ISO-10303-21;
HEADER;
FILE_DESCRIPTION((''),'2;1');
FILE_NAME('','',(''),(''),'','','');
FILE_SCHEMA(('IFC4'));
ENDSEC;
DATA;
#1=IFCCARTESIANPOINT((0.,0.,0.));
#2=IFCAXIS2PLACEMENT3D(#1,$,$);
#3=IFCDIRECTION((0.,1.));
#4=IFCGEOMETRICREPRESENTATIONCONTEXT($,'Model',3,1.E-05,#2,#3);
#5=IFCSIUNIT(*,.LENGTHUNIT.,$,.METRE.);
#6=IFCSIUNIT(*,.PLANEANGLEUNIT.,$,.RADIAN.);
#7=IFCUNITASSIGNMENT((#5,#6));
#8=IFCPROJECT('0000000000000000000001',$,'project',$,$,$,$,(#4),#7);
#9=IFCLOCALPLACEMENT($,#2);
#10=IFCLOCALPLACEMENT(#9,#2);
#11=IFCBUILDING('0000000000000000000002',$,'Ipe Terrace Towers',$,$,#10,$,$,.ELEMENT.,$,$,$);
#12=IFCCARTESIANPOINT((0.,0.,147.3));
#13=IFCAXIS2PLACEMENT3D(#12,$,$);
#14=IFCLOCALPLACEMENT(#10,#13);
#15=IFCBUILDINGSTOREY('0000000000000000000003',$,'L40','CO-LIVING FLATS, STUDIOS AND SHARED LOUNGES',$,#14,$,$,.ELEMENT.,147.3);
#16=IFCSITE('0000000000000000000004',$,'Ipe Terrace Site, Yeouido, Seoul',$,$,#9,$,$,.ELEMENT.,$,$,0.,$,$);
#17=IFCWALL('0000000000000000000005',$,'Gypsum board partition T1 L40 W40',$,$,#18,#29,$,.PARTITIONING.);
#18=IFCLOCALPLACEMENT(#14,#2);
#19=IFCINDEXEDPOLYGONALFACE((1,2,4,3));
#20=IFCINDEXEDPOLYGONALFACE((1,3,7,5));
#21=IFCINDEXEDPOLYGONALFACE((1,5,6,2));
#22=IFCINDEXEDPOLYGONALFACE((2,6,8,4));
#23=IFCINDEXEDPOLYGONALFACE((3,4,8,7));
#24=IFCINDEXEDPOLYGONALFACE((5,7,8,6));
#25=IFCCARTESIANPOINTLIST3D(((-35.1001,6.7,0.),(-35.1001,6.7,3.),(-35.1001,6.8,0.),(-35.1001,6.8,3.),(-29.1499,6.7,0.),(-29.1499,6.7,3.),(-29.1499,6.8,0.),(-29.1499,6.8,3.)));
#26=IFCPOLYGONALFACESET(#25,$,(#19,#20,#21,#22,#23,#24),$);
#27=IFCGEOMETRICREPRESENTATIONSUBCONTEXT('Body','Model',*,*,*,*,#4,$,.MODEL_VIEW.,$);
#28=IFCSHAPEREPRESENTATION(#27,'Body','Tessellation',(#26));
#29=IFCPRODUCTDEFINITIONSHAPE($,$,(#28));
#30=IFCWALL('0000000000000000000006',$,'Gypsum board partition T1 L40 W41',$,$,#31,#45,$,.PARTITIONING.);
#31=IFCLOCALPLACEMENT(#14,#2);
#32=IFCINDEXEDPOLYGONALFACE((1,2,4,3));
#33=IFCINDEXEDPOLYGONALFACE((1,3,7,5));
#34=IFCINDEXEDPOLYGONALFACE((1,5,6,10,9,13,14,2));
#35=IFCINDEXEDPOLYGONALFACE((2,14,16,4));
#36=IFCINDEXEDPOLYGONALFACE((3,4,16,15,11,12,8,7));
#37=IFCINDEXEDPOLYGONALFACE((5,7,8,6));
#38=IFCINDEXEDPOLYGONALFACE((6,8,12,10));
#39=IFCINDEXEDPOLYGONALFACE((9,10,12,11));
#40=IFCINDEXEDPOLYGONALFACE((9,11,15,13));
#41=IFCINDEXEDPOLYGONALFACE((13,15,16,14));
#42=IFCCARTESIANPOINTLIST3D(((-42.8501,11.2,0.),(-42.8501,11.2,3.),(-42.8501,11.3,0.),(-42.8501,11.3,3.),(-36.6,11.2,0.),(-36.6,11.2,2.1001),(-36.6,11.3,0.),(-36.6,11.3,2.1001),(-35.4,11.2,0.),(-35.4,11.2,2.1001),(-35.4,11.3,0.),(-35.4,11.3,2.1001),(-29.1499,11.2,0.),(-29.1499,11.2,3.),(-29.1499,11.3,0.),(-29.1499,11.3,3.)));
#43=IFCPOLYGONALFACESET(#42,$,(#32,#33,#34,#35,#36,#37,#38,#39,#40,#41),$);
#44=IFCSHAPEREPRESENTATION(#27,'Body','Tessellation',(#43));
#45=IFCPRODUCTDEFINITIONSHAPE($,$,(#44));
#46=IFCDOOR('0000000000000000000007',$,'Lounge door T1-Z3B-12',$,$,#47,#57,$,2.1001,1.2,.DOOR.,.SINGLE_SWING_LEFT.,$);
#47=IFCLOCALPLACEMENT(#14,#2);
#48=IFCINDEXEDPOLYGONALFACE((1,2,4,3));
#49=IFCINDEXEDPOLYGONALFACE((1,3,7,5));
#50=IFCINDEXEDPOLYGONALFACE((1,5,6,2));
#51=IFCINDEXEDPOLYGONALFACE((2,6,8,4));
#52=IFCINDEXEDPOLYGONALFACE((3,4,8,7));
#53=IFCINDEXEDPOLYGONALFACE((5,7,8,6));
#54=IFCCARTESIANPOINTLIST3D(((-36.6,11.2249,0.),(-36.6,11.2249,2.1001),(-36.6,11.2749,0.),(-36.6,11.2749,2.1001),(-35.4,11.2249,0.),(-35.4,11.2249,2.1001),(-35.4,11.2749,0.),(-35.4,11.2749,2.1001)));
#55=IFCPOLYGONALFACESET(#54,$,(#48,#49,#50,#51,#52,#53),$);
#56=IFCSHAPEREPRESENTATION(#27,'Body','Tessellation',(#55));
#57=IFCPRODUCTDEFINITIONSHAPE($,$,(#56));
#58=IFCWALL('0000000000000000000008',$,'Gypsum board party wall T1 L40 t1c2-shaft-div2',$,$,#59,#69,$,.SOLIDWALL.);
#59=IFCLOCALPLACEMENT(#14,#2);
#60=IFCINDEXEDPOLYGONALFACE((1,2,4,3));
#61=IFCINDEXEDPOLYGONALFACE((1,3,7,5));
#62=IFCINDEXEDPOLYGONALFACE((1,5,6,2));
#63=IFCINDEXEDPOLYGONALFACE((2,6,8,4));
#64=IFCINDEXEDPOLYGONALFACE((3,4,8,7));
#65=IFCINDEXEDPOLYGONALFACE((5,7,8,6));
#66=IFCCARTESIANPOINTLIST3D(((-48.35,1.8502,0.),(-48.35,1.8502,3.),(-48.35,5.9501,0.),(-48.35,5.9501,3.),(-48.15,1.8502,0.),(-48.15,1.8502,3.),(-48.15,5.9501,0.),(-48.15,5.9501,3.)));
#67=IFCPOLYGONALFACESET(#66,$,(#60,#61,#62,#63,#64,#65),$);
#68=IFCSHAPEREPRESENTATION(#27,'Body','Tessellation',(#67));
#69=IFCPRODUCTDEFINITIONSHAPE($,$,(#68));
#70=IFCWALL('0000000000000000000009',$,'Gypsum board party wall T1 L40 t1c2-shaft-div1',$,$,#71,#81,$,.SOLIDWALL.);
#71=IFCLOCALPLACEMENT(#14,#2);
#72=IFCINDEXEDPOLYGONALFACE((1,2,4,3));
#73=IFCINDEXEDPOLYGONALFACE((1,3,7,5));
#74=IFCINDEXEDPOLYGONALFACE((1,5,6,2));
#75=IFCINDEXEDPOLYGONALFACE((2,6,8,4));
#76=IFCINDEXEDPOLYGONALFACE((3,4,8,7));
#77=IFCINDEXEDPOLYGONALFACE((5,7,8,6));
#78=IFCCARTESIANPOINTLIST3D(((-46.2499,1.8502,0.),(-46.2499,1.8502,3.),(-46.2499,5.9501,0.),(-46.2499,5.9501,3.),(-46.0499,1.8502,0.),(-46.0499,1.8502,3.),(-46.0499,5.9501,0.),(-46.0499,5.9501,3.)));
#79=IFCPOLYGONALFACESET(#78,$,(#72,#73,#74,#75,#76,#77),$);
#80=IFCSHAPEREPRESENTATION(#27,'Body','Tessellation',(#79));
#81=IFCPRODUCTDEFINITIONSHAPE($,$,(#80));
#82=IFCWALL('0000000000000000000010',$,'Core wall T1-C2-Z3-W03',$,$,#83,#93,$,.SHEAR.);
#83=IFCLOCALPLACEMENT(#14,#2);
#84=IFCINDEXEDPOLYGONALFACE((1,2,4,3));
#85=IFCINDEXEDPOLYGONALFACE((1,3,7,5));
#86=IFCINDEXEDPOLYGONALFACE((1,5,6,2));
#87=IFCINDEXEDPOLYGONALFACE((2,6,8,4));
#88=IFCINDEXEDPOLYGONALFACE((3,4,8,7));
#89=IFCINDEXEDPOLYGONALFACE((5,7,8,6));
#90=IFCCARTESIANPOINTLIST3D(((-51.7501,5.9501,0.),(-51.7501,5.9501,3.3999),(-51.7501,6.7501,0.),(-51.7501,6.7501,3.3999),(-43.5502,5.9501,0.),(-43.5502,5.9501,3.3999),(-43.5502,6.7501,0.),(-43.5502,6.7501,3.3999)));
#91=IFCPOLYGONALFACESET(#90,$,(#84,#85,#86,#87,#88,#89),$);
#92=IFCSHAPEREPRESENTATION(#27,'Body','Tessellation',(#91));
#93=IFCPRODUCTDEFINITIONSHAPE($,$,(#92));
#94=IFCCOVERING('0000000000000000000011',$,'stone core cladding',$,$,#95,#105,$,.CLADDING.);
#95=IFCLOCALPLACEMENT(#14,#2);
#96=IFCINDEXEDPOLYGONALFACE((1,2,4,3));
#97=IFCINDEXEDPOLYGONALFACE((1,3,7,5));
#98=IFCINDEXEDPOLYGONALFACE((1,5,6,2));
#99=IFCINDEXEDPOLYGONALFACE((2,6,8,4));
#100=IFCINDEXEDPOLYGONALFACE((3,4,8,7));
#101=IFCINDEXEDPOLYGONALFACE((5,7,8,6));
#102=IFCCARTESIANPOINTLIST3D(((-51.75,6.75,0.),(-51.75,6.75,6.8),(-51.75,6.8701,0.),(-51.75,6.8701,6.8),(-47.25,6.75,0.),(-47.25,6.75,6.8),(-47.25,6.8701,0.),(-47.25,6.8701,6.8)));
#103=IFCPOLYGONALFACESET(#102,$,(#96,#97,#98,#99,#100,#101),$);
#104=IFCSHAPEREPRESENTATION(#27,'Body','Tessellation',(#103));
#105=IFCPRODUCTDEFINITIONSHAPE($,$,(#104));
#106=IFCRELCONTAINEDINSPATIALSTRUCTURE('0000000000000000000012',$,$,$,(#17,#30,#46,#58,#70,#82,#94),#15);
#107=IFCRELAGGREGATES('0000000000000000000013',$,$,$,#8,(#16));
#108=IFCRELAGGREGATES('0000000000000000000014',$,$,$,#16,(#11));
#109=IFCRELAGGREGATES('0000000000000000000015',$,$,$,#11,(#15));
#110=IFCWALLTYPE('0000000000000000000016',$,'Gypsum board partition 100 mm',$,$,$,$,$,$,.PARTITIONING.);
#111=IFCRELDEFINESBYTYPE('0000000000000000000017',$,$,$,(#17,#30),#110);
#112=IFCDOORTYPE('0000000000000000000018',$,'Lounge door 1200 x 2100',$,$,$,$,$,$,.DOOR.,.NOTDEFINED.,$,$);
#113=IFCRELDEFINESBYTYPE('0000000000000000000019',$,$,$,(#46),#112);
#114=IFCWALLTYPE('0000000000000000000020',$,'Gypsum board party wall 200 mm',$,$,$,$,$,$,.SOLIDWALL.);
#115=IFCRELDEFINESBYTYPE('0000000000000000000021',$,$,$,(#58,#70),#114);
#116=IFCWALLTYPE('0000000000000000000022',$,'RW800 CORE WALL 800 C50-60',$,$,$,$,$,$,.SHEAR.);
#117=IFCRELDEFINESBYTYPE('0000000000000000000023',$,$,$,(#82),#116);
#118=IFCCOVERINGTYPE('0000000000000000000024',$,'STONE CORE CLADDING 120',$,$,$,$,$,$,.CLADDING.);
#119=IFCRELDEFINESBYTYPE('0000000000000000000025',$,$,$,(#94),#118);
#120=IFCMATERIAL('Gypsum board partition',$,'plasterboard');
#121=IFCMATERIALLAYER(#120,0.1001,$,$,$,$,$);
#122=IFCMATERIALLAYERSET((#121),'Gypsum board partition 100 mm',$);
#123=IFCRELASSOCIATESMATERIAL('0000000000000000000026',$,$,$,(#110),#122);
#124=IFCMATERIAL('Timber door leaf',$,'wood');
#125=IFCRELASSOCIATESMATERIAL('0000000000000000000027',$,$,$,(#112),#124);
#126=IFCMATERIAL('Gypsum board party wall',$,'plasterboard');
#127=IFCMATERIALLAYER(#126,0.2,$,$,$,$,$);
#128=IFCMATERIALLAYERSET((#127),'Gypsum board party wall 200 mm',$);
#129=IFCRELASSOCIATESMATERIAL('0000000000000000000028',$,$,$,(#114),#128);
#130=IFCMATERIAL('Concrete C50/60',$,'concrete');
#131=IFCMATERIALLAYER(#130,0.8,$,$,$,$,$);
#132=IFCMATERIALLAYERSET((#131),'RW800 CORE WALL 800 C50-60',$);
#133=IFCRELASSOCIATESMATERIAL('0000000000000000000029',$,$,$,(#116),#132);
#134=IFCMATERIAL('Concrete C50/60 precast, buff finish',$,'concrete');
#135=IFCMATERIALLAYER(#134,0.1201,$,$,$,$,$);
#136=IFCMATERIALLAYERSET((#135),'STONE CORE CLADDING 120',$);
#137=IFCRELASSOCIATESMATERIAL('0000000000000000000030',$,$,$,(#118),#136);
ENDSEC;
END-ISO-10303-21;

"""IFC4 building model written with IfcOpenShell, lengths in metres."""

from ifc_helpers import new_model, si_unit, direction, frame, frame_2d, origin, origin_2d, place, context, subcontext, project, spatial, rectangle, extrude, material, layer, layer_set, type_object, element, fill, save


model = new_model("IFC4")

# Units and contexts
model_context = context("Model", 3, precision=1e-05, world=origin(), true_north=direction((0.0, 1.0)))
body_context = subcontext(model_context, "Body", "Model", "MODEL_VIEW")
ifc_project = project(units=[si_unit("LENGTHUNIT", "METRE"), si_unit("PLANEANGLEUNIT", "RADIAN")], contexts=[model_context])

# Site, building, storey
site_placement = place(None, origin())
site = spatial("IfcSite", under=ifc_project, at=site_placement, Name="Ipe Terrace Site, Yeouido, Seoul", CompositionType="ELEMENT", RefElevation=0.0)
building_placement = place(site_placement, origin())
building = spatial("IfcBuilding", under=site, at=building_placement, Name="Ipe Terrace Towers", CompositionType="ELEMENT")
storey_placement = place(building_placement, frame((0.0, 0.0, 147.3)))
storey = spatial("IfcBuildingStorey", under=building, at=storey_placement, Name="L40", Description="CO-LIVING FLATS, STUDIOS AND SHARED LOUNGES", CompositionType="ELEMENT", Elevation=147.3)

# Wall
ifc_material_1 = material(Name="Gypsum board partition", Category="plasterboard")
ifc_layer_1 = layer(ifc_material_1, 0.1001)
ifc_layer_set_1 = layer_set([ifc_layer_1], Name="Gypsum board partition 100 mm")
wall_type_1 = type_object("IfcWallType", Name="Gypsum board partition 100 mm", PredefinedType="PARTITIONING", material=ifc_layer_set_1)
for number, where, z_axis, x_axis, name in (
    (1, (-35.1001, 6.75, 0.0), (0.0, 0.0, 1.0), (1.0, 0.0, 0.0), "Gypsum board partition T1 L40 W40"),
):
    element("IfcWall", number, at=place(storey_placement, frame(where, z_axis=z_axis, x_axis=x_axis)), inside=storey, type_object=wall_type_1, Name=name, PredefinedType="PARTITIONING", context=body_context, shape_type="SweptSolid", body=[
        extrude(rectangle(XDim=5.9502, YDim=0.1001, at=frame_2d((2.9751, 0.0))), origin(), (0.0, 0.0, 1.0), 3.0),
    ])

# Wall, opening, door
wall_1_placement = place(storey_placement, frame((-42.8501, 11.25, 0.0), z_axis=(0.0, 0.0, 1.0), x_axis=(1.0, 0.0, 0.0)))
wall_1 = element("IfcWall", 2, at=wall_1_placement, inside=storey, type_object=wall_type_1, Name="Gypsum board partition T1 L40 W41", PredefinedType="PARTITIONING", context=body_context, shape_type="SweptSolid", body=[
    extrude(rectangle(XDim=13.7002, YDim=0.1001, at=frame_2d((6.8501, 0.0))), origin(), (0.0, 0.0, 1.0), 3.0),
])
opening_placement = place(wall_1_placement, frame((6.25, 0.0, 0.0)))
opening = element("IfcOpeningElement", 3, at=opening_placement, cuts=wall_1, PredefinedType="OPENING", context=body_context, shape_type="SweptSolid", body=[
    extrude(rectangle(XDim=1.2, YDim=2.1001, at=frame_2d((0.6001, 1.05))), frame((0.0, 0.0601, 0.0), z_axis=(0.0, -1.0, 0.0), x_axis=(1.0, 0.0, 0.0)), (0.0, 0.0, 1.0), 0.1201),
])
ifc_material_2 = material(Name="Timber door leaf", Category="wood")
door_type = type_object("IfcDoorType", Name="Lounge door 1200 x 2100", OperationType="NOTDEFINED", PredefinedType="DOOR", material=ifc_material_2)
door_placement = place(opening_placement, origin())
door = element("IfcDoor", 4, at=door_placement, inside=storey, type_object=door_type, Name="Lounge door T1-Z3B-12", OperationType="SINGLE_SWING_LEFT", OverallHeight=2.1001, OverallWidth=1.2, PredefinedType="DOOR", context=body_context, shape_type="SweptSolid", body=[
    extrude(rectangle(XDim=1.2, YDim=2.1001, at=frame_2d((0.6001, 1.05))), frame((0.0, 0.0249, 0.0), z_axis=(0.0, -1.0, 0.0), x_axis=(1.0, 0.0, 0.0)), (0.0, 0.0, 1.0), 0.05),
])
fill(opening, door)

# Walls
ifc_material_3 = material(Name="Gypsum board party wall", Category="plasterboard")
ifc_layer_2 = layer(ifc_material_3, 0.2)
ifc_layer_set_2 = layer_set([ifc_layer_2], Name="Gypsum board party wall 200 mm")
wall_type_2 = type_object("IfcWallType", Name="Gypsum board party wall 200 mm", PredefinedType="SOLIDWALL", material=ifc_layer_set_2)
for number, where, z_axis, x_axis, name in (
    (5, (-48.25, 5.95, 0.0), (0.0, 0.0, 1.0), (0.0, -1.0, 0.0), "Gypsum board party wall T1 L40 t1c2-shaft-div2"),
    (6, (-46.1499, 5.95, 0.0), (0.0, 0.0, 1.0), (0.0, -1.0, 0.0), "Gypsum board party wall T1 L40 t1c2-shaft-div1"),
):
    element("IfcWall", number, at=place(storey_placement, frame(where, z_axis=z_axis, x_axis=x_axis)), inside=storey, type_object=wall_type_2, Name=name, PredefinedType="SOLIDWALL", context=body_context, shape_type="SweptSolid", body=[
        extrude(rectangle(XDim=4.0999, YDim=0.2, at=frame_2d((2.0498, 0.0))), origin(), (0.0, 0.0, 1.0), 3.0),
    ])
ifc_material_4 = material(Name="Concrete C50/60", Category="concrete")
ifc_layer_3 = layer(ifc_material_4, 0.8)
ifc_layer_set_3 = layer_set([ifc_layer_3], Name="RW800 CORE WALL 800 C50-60")
wall_type_3 = type_object("IfcWallType", Name="RW800 CORE WALL 800 C50-60", PredefinedType="SHEAR", material=ifc_layer_set_3)
wall_2_placement = place(storey_placement, frame((-43.55, 6.3501, 0.0), z_axis=(0.0, 0.0, 1.0), x_axis=(-1.0, 0.0, 0.0)))
element("IfcWall", 7, at=wall_2_placement, inside=storey, type_object=wall_type_3, Name="Core wall T1-C2-Z3-W03", PredefinedType="SHEAR", context=body_context, shape_type="SweptSolid", body=[
    extrude(rectangle(XDim=8.2, YDim=0.8, at=frame_2d((4.1001, 0.0))), origin(), (0.0, 0.0, 1.0), 3.3999),
])

# Covering
ifc_material_5 = material(Name="Concrete C50/60 precast, buff finish", Category="concrete")
ifc_layer_4 = layer(ifc_material_5, 0.1201)
ifc_layer_set_4 = layer_set([ifc_layer_4], Name="STONE CORE CLADDING 120")
covering_type = type_object("IfcCoveringType", Name="STONE CORE CLADDING 120", PredefinedType="CLADDING", material=ifc_layer_set_4)
covering_placement = place(storey_placement, frame((-49.5, 6.8101, 0.0), z_axis=(0.0, 0.0, 1.0), x_axis=(-1.0, 0.0, 0.0)))
element("IfcCovering", 8, at=covering_placement, inside=storey, type_object=covering_type, Name="stone core cladding", PredefinedType="CLADDING", context=body_context, shape_type="SweptSolid", body=[
    extrude(rectangle(XDim=4.5, YDim=0.1201, at=origin_2d()), origin(), (0.0, 0.0, 1.0), 6.8),
])

save(model, "model.ifc")
